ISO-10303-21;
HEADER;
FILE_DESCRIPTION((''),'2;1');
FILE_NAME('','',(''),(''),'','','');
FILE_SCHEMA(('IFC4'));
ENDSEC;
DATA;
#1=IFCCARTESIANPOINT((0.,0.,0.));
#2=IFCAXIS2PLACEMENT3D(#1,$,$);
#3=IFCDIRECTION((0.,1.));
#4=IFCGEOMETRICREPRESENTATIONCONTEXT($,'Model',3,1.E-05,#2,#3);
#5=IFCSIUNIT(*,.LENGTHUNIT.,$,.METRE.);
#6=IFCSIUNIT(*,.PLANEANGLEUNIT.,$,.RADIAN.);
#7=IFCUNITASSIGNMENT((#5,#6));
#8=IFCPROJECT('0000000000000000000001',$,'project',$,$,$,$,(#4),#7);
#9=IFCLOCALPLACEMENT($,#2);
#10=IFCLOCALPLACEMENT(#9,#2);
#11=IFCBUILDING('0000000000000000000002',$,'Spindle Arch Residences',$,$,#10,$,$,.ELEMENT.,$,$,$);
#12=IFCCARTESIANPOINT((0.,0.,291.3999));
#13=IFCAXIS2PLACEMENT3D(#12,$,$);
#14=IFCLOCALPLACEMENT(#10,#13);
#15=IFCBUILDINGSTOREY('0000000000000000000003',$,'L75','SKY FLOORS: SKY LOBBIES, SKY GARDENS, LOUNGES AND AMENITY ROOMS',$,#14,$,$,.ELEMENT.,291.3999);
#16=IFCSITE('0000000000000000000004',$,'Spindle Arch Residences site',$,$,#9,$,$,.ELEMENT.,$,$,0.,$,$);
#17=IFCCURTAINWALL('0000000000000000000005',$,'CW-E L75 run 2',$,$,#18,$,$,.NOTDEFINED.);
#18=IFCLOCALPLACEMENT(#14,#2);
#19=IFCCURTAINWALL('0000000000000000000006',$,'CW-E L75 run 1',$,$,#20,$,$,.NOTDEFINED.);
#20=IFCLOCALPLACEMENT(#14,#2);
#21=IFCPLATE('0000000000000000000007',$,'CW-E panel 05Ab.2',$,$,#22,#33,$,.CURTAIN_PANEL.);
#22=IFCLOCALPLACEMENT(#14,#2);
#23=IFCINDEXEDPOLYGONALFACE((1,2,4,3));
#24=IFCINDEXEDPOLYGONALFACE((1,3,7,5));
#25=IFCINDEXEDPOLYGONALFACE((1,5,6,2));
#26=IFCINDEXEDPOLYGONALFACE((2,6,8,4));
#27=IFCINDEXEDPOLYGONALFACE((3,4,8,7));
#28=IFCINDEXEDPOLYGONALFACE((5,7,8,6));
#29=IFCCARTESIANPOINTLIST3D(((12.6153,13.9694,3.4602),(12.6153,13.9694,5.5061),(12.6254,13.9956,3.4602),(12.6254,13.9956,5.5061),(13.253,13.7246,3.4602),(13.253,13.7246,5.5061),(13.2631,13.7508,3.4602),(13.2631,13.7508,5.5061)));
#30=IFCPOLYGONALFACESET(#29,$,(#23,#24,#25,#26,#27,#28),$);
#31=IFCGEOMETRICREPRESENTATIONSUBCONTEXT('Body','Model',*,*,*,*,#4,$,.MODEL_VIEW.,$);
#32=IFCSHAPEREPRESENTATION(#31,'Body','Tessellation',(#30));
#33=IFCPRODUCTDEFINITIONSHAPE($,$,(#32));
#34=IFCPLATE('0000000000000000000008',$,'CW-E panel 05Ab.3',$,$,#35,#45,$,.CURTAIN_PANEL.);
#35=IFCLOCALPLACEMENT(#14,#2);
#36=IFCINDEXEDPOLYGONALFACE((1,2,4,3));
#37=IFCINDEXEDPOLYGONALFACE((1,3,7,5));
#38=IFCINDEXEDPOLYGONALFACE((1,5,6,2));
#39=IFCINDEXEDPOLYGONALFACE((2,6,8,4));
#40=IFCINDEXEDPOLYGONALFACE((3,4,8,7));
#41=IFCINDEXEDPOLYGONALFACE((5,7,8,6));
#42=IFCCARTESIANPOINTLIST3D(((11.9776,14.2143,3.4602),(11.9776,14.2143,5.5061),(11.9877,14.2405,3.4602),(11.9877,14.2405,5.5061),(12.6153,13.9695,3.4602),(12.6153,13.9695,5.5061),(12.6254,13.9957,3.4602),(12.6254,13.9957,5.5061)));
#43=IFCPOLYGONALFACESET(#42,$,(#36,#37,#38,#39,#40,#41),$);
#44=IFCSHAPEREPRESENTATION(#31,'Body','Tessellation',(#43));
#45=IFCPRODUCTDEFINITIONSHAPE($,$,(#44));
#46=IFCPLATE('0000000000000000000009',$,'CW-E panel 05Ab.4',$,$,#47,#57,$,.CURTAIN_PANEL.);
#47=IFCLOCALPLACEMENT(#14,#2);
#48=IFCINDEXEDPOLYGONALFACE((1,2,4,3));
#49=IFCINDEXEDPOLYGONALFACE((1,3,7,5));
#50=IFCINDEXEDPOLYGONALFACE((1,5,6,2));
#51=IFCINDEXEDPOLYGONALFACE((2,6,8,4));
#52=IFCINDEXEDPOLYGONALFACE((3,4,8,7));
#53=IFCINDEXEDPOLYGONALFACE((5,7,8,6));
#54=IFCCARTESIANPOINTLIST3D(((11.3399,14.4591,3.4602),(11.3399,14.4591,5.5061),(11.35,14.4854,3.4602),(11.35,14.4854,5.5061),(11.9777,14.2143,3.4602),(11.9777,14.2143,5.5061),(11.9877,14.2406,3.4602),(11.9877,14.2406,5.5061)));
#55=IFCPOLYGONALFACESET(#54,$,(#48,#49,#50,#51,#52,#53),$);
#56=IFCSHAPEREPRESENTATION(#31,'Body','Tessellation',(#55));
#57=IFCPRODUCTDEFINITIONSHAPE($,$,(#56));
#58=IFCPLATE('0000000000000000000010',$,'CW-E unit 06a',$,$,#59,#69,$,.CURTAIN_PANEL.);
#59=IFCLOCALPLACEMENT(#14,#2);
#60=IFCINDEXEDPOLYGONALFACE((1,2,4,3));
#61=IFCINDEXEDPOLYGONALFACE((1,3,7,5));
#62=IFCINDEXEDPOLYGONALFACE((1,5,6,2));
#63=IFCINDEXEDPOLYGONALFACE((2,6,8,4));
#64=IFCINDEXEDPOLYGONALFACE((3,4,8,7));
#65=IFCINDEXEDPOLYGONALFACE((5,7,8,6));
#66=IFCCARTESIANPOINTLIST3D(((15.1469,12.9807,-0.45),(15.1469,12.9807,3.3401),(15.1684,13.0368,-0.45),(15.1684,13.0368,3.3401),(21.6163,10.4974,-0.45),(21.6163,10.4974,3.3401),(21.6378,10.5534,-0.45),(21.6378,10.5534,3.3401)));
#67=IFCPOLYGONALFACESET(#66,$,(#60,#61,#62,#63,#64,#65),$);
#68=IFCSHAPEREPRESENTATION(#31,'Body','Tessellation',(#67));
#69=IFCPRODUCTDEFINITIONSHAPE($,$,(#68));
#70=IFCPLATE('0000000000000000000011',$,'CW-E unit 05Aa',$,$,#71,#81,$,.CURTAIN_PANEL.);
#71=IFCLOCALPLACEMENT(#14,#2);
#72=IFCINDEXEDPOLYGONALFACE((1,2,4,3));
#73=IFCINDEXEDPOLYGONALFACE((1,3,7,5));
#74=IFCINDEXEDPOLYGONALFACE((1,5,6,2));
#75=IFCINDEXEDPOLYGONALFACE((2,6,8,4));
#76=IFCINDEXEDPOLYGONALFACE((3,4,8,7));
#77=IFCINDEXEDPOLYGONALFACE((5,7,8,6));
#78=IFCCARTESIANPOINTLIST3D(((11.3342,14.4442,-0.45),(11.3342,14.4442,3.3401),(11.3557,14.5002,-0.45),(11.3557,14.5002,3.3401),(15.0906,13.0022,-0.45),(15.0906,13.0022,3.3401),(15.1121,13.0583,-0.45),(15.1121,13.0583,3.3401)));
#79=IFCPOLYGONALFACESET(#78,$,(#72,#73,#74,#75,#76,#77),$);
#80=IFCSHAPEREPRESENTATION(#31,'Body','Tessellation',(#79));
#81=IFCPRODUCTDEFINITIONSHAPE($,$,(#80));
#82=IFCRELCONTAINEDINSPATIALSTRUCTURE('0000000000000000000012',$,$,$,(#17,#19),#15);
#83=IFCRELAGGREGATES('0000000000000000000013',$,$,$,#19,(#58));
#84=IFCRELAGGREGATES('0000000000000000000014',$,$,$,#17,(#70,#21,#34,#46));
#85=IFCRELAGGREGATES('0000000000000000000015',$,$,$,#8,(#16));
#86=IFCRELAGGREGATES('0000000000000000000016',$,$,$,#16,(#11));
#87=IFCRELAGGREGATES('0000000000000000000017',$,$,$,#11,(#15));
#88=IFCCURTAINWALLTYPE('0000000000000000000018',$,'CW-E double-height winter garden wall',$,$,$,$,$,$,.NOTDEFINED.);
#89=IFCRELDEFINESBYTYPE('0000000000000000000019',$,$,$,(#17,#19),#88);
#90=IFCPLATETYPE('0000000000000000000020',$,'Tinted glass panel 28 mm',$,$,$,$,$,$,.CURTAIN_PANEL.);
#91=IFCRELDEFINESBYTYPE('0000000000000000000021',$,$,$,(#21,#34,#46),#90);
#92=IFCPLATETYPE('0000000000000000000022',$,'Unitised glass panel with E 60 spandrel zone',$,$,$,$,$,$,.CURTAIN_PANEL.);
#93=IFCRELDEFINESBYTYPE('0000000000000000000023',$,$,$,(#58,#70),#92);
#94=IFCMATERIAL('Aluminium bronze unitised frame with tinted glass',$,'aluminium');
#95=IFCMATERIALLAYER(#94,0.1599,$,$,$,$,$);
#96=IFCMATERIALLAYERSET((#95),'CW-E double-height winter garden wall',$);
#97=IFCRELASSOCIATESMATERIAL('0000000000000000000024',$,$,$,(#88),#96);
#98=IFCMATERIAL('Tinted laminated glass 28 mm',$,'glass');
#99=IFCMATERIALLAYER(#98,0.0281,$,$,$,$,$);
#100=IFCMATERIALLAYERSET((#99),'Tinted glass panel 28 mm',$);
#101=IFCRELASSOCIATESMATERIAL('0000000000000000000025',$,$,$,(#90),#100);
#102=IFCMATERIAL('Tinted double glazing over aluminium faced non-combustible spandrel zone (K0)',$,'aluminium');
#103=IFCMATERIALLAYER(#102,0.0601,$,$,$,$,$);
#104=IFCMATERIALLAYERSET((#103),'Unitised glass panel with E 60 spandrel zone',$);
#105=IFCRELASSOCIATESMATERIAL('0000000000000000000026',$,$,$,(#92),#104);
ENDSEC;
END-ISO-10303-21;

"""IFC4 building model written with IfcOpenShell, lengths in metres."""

from ifc_helpers import new_model, si_unit, direction, frame, origin, origin_2d, place, context, subcontext, project, spatial, rectangle, extrude, material, layer, layer_set, type_object, element, aggregate, save


model = new_model("IFC4")

# Units and contexts
model_context = context("Model", 3, precision=1e-05, world=origin(), true_north=direction((0.0, 1.0)))
body_context = subcontext(model_context, "Body", "Model", "MODEL_VIEW")
ifc_project = project(units=[si_unit("LENGTHUNIT", "METRE"), si_unit("PLANEANGLEUNIT", "RADIAN")], contexts=[model_context])

# Site, building, storey
site_placement = place(None, origin())
site = spatial("IfcSite", under=ifc_project, at=site_placement, Name="Spindle Arch Residences site", CompositionType="ELEMENT", RefElevation=0.0)
building_placement = place(site_placement, origin())
building = spatial("IfcBuilding", under=site, at=building_placement, Name="Spindle Arch Residences", CompositionType="ELEMENT")
storey_placement = place(building_placement, frame((0.0, 0.0, 291.3999)))
storey = spatial("IfcBuildingStorey", under=building, at=storey_placement, Name="L75", Description="SKY FLOORS: SKY LOBBIES, SKY GARDENS, LOUNGES AND AMENITY ROOMS", CompositionType="ELEMENT", Elevation=291.3999)

# Curtain wall
ifc_material_1 = material(Name="Aluminium bronze unitised frame with tinted glass", Category="aluminium")
ifc_layer_1 = layer(ifc_material_1, 0.1599)
ifc_layer_set_1 = layer_set([ifc_layer_1], Name="CW-E double-height winter garden wall")
curtain_wall_type = type_object("IfcCurtainWallType", Name="CW-E double-height winter garden wall", PredefinedType="NOTDEFINED", material=ifc_layer_set_1)
curtain_wall_1_placement = place(storey_placement, origin())
curtain_wall_1 = element("IfcCurtainWall", 1, at=curtain_wall_1_placement, inside=storey, type_object=curtain_wall_type, Name="CW-E L75 run 2", PredefinedType="NOTDEFINED")

# Curtain wall
curtain_wall_2_placement = place(storey_placement, origin())
curtain_wall_2 = element("IfcCurtainWall", 2, at=curtain_wall_2_placement, inside=storey, type_object=curtain_wall_type, Name="CW-E L75 run 1", PredefinedType="NOTDEFINED")

# Plates
ifc_material_2 = material(Name="Tinted laminated glass 28 mm", Category="glass")
ifc_layer_2 = layer(ifc_material_2, 0.0281)
ifc_layer_set_2 = layer_set([ifc_layer_2], Name="Tinted glass panel 28 mm")
plate_type_1 = type_object("IfcPlateType", Name="Tinted glass panel 28 mm", PredefinedType="CURTAIN_PANEL", material=ifc_layer_set_2)
plate_1_placement = place(storey_placement, frame((12.9392, 13.8601, 3.4602), z_axis=(0.0, 0.0, 1.0), x_axis=(-0.93358, 0.358368, 0.0)))
plate_1 = element("IfcPlate", 3, at=plate_1_placement, type_object=plate_type_1, Name="CW-E panel 05Ab.2", PredefinedType="CURTAIN_PANEL", context=body_context, shape_type="SweptSolid", body=[
    extrude(rectangle(XDim=0.6831, YDim=0.0281, at=origin_2d()), origin(), (0.0, 0.0, 1.0), 2.0459),
])
plate_2_placement = place(storey_placement, frame((12.3015, 14.105, 3.4602), z_axis=(0.0, 0.0, 1.0), x_axis=(-0.93358, 0.358368, 0.0)))
plate_2 = element("IfcPlate", 4, at=plate_2_placement, type_object=plate_type_1, Name="CW-E panel 05Ab.3", PredefinedType="CURTAIN_PANEL", context=body_context, shape_type="SweptSolid", body=[
    extrude(rectangle(XDim=0.6831, YDim=0.0281, at=origin_2d()), origin(), (0.0, 0.0, 1.0), 2.0459),
])
plate_3_placement = place(storey_placement, frame((11.6638, 14.3499, 3.4602), z_axis=(0.0, 0.0, 1.0), x_axis=(-0.93358, 0.358368, 0.0)))
plate_3 = element("IfcPlate", 5, at=plate_3_placement, type_object=plate_type_1, Name="CW-E panel 05Ab.4", PredefinedType="CURTAIN_PANEL", context=body_context, shape_type="SweptSolid", body=[
    extrude(rectangle(XDim=0.6831, YDim=0.0281, at=origin_2d()), origin(), (0.0, 0.0, 1.0), 2.0459),
])
ifc_material_3 = material(Name="Tinted double glazing over aluminium faced non-combustible spandrel zone (K0)", Category="aluminium")
ifc_layer_3 = layer(ifc_material_3, 0.0601)
ifc_layer_set_3 = layer_set([ifc_layer_3], Name="Unitised glass panel with E 60 spandrel zone")
plate_type_2 = type_object("IfcPlateType", Name="Unitised glass panel with E 60 spandrel zone", PredefinedType="CURTAIN_PANEL", material=ifc_layer_set_3)
plate_4_placement = place(storey_placement, frame((18.3923, 11.7671, -0.45), z_axis=(0.0, 0.0, 1.0), x_axis=(-0.93358, 0.358368, 0.0)))
plate_4 = element("IfcPlate", 6, at=plate_4_placement, type_object=plate_type_2, Name="CW-E unit 06a", PredefinedType="CURTAIN_PANEL", context=body_context, shape_type="SweptSolid", body=[
    extrude(rectangle(XDim=6.9297, YDim=0.0601, at=origin_2d()), origin(), (0.0, 0.0, 1.0), 3.79),
])
aggregate(curtain_wall_2, [plate_4])
plate_5_placement = place(storey_placement, frame((13.2231, 13.7512, -0.45), z_axis=(0.0, 0.0, 1.0), x_axis=(-0.93358, 0.358368, 0.0)))
plate_5 = element("IfcPlate", 7, at=plate_5_placement, type_object=plate_type_2, Name="CW-E unit 05Aa", PredefinedType="CURTAIN_PANEL", context=body_context, shape_type="SweptSolid", body=[
    extrude(rectangle(XDim=4.0237, YDim=0.0601, at=origin_2d()), origin(), (0.0, 0.0, 1.0), 3.79),
])
aggregate(curtain_wall_1, [plate_5, plate_1, plate_2, plate_3])

save(model, "model.ifc")
